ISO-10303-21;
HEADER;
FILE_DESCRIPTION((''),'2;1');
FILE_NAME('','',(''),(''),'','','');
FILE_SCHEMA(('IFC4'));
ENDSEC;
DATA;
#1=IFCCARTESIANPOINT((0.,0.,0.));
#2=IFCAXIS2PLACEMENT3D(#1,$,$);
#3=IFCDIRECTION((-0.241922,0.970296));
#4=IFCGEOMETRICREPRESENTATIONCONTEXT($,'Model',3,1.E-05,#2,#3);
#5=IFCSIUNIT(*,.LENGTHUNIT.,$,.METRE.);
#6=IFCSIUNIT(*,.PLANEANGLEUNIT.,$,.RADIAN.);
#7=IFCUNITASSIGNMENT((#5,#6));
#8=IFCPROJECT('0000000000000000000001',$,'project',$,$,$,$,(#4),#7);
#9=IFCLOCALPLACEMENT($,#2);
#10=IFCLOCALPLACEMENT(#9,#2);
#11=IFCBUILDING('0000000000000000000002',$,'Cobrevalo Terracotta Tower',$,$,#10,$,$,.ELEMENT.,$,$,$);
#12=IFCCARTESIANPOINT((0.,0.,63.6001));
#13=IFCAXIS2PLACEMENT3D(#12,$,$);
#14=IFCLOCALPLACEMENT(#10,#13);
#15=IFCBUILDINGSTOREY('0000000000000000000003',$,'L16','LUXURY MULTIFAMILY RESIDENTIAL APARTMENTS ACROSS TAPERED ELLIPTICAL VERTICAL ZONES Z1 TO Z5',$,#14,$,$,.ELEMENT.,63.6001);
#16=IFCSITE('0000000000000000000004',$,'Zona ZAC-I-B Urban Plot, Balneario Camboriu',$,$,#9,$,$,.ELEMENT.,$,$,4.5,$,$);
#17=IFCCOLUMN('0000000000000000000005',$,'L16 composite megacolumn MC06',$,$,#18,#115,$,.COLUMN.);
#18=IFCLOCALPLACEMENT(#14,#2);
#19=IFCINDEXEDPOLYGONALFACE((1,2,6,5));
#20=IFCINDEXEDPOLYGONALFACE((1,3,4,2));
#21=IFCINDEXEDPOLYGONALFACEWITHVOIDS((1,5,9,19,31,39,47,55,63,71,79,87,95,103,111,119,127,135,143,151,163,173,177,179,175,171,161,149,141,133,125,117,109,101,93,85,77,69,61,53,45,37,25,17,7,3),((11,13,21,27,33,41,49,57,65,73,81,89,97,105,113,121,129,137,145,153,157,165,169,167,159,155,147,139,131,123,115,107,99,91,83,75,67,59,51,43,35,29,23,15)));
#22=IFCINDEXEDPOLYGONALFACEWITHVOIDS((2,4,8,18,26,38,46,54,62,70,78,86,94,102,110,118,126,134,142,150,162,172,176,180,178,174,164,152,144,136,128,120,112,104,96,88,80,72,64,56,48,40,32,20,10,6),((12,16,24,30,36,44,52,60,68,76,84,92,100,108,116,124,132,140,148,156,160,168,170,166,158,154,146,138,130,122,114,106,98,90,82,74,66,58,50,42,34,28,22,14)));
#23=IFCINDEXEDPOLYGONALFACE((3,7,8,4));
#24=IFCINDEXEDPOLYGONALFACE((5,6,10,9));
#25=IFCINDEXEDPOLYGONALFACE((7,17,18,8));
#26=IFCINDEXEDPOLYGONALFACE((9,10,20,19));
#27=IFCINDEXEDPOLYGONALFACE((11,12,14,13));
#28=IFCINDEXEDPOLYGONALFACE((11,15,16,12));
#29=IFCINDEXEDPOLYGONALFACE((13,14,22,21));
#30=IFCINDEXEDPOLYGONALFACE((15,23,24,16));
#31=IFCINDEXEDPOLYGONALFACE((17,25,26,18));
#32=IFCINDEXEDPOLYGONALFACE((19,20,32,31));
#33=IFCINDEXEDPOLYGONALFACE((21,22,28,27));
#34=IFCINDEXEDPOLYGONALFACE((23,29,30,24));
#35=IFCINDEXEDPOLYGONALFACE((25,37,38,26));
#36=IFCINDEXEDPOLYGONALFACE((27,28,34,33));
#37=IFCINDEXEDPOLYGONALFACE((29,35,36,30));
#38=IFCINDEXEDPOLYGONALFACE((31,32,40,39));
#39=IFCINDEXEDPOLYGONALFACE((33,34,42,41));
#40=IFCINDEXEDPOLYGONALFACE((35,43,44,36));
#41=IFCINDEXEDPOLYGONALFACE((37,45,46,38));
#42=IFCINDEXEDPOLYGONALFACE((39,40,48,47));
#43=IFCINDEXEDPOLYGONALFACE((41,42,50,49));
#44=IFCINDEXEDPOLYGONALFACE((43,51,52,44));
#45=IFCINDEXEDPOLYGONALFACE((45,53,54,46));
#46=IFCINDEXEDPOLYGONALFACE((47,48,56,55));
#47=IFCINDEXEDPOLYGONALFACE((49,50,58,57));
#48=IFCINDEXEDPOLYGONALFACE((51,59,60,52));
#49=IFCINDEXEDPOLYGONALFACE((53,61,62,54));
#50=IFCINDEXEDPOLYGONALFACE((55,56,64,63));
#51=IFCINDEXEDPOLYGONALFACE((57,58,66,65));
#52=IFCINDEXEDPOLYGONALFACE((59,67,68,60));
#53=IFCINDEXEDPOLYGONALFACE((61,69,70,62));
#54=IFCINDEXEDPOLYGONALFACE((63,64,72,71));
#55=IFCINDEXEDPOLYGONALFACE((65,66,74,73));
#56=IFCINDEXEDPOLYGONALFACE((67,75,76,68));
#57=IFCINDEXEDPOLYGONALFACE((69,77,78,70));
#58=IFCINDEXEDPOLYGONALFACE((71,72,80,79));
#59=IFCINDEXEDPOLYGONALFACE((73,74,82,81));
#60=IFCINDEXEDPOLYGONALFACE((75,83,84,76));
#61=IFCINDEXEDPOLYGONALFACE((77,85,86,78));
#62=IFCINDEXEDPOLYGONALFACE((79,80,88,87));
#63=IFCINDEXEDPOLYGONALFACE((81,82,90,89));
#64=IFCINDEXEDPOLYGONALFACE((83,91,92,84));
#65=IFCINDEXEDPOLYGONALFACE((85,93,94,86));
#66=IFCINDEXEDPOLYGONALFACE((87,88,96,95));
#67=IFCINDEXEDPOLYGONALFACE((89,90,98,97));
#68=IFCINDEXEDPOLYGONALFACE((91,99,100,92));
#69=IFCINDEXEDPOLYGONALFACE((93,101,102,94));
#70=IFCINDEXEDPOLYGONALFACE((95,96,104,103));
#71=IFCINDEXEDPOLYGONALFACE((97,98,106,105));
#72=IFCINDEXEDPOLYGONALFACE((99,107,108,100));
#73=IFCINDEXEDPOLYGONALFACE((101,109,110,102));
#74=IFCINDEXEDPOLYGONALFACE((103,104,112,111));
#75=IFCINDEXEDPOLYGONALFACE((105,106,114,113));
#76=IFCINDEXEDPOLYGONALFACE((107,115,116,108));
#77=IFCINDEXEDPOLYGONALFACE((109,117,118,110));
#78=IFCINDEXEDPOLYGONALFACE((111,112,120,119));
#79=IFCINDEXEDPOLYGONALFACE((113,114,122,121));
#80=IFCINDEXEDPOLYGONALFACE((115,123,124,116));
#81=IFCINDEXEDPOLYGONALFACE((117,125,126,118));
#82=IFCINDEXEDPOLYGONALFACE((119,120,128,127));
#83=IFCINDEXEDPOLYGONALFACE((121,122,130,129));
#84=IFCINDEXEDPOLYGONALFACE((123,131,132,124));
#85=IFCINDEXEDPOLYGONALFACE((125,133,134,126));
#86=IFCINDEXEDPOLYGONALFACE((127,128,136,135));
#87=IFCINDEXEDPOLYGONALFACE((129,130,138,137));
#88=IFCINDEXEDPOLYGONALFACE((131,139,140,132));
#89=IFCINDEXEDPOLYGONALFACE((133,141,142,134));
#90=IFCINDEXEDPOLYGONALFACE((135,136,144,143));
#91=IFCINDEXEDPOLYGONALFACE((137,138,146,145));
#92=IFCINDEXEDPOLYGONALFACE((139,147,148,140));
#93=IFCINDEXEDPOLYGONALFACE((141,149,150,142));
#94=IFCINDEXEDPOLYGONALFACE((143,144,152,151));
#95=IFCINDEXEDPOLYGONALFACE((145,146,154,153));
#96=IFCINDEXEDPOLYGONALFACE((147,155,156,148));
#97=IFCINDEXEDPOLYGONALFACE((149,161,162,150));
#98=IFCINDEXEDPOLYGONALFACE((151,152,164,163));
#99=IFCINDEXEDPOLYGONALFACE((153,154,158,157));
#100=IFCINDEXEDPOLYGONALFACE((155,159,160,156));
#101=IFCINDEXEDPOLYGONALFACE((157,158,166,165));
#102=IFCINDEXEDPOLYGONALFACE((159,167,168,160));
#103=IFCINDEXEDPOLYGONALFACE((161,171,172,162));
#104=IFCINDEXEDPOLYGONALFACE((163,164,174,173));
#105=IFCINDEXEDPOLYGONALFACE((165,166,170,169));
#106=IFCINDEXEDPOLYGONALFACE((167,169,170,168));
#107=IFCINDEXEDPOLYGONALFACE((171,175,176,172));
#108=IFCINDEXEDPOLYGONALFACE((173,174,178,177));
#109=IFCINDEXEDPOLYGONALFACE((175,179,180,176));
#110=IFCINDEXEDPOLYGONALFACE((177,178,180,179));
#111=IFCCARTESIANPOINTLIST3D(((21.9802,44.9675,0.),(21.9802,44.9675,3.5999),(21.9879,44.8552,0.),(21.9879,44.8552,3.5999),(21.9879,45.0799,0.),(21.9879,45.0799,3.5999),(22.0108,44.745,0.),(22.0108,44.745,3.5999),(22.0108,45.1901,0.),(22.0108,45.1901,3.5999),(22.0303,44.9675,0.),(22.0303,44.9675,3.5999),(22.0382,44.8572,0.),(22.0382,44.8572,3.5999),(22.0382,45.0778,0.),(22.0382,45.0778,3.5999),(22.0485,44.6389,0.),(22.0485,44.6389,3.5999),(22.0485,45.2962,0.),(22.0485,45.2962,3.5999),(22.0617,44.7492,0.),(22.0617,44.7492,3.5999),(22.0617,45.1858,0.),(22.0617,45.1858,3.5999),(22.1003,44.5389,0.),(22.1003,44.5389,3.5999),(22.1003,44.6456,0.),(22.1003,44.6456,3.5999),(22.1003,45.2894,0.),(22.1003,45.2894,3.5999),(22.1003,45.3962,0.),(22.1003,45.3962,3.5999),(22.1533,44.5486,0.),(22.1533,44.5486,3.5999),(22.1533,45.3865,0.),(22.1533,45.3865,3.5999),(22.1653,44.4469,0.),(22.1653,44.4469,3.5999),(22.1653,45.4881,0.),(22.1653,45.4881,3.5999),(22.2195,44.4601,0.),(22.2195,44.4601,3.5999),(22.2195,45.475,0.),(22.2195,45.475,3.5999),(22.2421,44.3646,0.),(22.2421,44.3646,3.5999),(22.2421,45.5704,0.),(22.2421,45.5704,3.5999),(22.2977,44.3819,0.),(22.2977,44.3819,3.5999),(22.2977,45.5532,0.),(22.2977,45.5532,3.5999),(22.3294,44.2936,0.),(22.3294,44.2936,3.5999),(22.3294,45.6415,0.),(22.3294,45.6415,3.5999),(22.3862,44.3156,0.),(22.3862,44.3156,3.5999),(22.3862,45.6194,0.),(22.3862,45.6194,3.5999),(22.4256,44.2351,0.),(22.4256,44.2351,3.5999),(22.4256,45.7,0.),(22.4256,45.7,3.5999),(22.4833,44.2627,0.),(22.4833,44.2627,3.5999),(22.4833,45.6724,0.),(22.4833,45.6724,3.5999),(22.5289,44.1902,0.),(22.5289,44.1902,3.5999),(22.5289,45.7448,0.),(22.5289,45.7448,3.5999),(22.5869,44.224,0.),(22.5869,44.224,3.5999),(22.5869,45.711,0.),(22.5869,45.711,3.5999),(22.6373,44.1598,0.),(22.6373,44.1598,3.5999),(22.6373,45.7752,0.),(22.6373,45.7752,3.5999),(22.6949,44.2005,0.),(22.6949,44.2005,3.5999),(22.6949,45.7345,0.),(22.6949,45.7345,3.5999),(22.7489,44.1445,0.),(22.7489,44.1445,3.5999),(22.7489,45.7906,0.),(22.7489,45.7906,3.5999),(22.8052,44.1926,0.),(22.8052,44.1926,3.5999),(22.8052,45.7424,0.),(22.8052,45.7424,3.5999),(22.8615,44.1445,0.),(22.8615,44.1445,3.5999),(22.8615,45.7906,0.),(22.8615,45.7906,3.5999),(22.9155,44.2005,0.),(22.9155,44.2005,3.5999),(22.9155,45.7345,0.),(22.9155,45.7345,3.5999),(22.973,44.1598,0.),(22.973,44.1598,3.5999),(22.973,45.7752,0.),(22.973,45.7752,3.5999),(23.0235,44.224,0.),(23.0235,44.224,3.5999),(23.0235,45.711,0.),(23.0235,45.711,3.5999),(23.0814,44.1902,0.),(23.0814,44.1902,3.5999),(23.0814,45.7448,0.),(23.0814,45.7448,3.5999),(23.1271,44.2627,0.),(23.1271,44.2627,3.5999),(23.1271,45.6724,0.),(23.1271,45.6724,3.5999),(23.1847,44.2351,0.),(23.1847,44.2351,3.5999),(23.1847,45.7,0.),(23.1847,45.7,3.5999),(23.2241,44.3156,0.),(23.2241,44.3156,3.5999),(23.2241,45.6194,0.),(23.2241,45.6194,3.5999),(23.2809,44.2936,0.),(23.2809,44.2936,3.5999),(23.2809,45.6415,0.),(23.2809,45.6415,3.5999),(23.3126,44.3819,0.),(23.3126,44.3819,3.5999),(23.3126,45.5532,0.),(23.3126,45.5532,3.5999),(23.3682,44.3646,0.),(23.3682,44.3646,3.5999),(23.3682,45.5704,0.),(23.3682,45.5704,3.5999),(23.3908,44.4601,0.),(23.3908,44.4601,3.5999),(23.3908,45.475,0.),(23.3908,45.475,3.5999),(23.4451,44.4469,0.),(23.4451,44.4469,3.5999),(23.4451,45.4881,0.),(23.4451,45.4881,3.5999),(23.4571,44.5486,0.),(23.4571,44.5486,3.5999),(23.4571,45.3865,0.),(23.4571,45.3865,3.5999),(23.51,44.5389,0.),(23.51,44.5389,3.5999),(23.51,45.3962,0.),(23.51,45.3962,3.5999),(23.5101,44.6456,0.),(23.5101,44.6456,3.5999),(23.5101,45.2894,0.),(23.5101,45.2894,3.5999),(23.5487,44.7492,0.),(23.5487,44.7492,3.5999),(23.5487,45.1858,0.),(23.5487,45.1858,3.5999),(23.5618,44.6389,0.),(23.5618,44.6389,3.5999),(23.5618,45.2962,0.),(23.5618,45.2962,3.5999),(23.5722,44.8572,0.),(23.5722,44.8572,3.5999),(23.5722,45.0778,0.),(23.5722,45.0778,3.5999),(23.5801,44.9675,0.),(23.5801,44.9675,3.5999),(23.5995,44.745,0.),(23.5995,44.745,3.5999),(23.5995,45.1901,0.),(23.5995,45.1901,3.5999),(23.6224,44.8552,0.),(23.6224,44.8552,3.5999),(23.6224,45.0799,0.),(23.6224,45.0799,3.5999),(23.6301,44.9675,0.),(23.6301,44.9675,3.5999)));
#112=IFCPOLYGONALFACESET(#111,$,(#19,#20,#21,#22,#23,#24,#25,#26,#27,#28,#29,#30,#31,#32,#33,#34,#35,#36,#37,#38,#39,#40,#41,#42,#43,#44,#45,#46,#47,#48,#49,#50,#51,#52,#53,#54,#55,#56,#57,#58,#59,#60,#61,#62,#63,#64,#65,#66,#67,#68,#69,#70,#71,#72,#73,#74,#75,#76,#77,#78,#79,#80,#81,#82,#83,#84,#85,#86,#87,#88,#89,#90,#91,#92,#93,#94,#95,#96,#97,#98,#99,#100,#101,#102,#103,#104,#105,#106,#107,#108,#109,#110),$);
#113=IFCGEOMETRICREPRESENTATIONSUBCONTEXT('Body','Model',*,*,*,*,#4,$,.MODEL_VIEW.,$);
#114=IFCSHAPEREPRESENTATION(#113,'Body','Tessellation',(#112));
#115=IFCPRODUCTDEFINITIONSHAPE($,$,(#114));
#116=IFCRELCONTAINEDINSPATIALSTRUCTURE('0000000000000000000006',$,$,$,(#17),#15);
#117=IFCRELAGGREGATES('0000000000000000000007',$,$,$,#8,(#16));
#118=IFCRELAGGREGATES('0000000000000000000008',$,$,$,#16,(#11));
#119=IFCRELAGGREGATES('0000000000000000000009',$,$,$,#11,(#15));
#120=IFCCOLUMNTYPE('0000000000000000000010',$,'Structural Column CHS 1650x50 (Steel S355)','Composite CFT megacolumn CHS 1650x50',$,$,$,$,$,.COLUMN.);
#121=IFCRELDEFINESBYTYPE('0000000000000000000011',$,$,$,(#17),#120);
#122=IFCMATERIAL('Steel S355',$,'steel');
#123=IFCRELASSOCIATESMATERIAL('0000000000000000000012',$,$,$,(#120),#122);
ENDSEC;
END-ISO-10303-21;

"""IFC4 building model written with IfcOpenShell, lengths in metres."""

from ifc_helpers import new_model, si_unit, direction, frame, origin, origin_2d, place, context, subcontext, project, spatial, hollow_circle, extrude, material, material_profile, profile_set, type_object, element, save


model = new_model("IFC4")

# Units and contexts
model_context = context("Model", 3, precision=1e-05, world=origin(), true_north=direction((-0.241922, 0.970296)))
body_context = subcontext(model_context, "Body", "Model", "MODEL_VIEW")
ifc_project = project(units=[si_unit("LENGTHUNIT", "METRE"), si_unit("PLANEANGLEUNIT", "RADIAN")], contexts=[model_context])

# Site, building, storey
site_placement = place(None, origin())
site = spatial("IfcSite", under=ifc_project, at=site_placement, Name="Zona ZAC-I-B Urban Plot, Balneario Camboriu", CompositionType="ELEMENT", RefElevation=4.5)
building_placement = place(site_placement, origin())
building = spatial("IfcBuilding", under=site, at=building_placement, Name="Cobrevalo Terracotta Tower", CompositionType="ELEMENT")
storey_placement = place(building_placement, frame((0.0, 0.0, 63.6001)))
storey = spatial("IfcBuildingStorey", under=building, at=storey_placement, Name="L16", Description="LUXURY MULTIFAMILY RESIDENTIAL APARTMENTS ACROSS TAPERED ELLIPTICAL VERTICAL ZONES Z1 TO Z5", CompositionType="ELEMENT", Elevation=63.6001)

# Column
ifc_material_1 = material(Name="Steel S355", Category="steel")
ifc_material_profile_1 = material_profile(ifc_material_1, hollow_circle(Radius=0.825, WallThickness=0.05, at=origin_2d()), Name="CHS 1650x50")
ifc_profile_set_1 = profile_set([ifc_material_profile_1], Name="Steel S355")
column_type = type_object("IfcColumnType", Name="Structural Column CHS 1650x50 (Steel S355)", Description="Composite CFT megacolumn CHS 1650x50", PredefinedType="COLUMN", material=ifc_profile_set_1)
for number, where, z_axis, x_axis, name in (
    (1, (22.8052, 44.9675, 0.0), (0.0, 0.0, 1.0), (1.0, 0.0, 0.0), "L16 composite megacolumn MC06"),
):
    element("IfcColumn", number, at=place(storey_placement, frame(where, z_axis=z_axis, x_axis=x_axis)), inside=storey, type_object=column_type, Name=name, PredefinedType="COLUMN", context=body_context, shape_type="SweptSolid", body=[
        extrude(hollow_circle(Radius=0.825, WallThickness=0.05, at=origin_2d()), origin(), (0.0, 0.0, 1.0), 3.5999),
    ])

save(model, "model.ifc")
